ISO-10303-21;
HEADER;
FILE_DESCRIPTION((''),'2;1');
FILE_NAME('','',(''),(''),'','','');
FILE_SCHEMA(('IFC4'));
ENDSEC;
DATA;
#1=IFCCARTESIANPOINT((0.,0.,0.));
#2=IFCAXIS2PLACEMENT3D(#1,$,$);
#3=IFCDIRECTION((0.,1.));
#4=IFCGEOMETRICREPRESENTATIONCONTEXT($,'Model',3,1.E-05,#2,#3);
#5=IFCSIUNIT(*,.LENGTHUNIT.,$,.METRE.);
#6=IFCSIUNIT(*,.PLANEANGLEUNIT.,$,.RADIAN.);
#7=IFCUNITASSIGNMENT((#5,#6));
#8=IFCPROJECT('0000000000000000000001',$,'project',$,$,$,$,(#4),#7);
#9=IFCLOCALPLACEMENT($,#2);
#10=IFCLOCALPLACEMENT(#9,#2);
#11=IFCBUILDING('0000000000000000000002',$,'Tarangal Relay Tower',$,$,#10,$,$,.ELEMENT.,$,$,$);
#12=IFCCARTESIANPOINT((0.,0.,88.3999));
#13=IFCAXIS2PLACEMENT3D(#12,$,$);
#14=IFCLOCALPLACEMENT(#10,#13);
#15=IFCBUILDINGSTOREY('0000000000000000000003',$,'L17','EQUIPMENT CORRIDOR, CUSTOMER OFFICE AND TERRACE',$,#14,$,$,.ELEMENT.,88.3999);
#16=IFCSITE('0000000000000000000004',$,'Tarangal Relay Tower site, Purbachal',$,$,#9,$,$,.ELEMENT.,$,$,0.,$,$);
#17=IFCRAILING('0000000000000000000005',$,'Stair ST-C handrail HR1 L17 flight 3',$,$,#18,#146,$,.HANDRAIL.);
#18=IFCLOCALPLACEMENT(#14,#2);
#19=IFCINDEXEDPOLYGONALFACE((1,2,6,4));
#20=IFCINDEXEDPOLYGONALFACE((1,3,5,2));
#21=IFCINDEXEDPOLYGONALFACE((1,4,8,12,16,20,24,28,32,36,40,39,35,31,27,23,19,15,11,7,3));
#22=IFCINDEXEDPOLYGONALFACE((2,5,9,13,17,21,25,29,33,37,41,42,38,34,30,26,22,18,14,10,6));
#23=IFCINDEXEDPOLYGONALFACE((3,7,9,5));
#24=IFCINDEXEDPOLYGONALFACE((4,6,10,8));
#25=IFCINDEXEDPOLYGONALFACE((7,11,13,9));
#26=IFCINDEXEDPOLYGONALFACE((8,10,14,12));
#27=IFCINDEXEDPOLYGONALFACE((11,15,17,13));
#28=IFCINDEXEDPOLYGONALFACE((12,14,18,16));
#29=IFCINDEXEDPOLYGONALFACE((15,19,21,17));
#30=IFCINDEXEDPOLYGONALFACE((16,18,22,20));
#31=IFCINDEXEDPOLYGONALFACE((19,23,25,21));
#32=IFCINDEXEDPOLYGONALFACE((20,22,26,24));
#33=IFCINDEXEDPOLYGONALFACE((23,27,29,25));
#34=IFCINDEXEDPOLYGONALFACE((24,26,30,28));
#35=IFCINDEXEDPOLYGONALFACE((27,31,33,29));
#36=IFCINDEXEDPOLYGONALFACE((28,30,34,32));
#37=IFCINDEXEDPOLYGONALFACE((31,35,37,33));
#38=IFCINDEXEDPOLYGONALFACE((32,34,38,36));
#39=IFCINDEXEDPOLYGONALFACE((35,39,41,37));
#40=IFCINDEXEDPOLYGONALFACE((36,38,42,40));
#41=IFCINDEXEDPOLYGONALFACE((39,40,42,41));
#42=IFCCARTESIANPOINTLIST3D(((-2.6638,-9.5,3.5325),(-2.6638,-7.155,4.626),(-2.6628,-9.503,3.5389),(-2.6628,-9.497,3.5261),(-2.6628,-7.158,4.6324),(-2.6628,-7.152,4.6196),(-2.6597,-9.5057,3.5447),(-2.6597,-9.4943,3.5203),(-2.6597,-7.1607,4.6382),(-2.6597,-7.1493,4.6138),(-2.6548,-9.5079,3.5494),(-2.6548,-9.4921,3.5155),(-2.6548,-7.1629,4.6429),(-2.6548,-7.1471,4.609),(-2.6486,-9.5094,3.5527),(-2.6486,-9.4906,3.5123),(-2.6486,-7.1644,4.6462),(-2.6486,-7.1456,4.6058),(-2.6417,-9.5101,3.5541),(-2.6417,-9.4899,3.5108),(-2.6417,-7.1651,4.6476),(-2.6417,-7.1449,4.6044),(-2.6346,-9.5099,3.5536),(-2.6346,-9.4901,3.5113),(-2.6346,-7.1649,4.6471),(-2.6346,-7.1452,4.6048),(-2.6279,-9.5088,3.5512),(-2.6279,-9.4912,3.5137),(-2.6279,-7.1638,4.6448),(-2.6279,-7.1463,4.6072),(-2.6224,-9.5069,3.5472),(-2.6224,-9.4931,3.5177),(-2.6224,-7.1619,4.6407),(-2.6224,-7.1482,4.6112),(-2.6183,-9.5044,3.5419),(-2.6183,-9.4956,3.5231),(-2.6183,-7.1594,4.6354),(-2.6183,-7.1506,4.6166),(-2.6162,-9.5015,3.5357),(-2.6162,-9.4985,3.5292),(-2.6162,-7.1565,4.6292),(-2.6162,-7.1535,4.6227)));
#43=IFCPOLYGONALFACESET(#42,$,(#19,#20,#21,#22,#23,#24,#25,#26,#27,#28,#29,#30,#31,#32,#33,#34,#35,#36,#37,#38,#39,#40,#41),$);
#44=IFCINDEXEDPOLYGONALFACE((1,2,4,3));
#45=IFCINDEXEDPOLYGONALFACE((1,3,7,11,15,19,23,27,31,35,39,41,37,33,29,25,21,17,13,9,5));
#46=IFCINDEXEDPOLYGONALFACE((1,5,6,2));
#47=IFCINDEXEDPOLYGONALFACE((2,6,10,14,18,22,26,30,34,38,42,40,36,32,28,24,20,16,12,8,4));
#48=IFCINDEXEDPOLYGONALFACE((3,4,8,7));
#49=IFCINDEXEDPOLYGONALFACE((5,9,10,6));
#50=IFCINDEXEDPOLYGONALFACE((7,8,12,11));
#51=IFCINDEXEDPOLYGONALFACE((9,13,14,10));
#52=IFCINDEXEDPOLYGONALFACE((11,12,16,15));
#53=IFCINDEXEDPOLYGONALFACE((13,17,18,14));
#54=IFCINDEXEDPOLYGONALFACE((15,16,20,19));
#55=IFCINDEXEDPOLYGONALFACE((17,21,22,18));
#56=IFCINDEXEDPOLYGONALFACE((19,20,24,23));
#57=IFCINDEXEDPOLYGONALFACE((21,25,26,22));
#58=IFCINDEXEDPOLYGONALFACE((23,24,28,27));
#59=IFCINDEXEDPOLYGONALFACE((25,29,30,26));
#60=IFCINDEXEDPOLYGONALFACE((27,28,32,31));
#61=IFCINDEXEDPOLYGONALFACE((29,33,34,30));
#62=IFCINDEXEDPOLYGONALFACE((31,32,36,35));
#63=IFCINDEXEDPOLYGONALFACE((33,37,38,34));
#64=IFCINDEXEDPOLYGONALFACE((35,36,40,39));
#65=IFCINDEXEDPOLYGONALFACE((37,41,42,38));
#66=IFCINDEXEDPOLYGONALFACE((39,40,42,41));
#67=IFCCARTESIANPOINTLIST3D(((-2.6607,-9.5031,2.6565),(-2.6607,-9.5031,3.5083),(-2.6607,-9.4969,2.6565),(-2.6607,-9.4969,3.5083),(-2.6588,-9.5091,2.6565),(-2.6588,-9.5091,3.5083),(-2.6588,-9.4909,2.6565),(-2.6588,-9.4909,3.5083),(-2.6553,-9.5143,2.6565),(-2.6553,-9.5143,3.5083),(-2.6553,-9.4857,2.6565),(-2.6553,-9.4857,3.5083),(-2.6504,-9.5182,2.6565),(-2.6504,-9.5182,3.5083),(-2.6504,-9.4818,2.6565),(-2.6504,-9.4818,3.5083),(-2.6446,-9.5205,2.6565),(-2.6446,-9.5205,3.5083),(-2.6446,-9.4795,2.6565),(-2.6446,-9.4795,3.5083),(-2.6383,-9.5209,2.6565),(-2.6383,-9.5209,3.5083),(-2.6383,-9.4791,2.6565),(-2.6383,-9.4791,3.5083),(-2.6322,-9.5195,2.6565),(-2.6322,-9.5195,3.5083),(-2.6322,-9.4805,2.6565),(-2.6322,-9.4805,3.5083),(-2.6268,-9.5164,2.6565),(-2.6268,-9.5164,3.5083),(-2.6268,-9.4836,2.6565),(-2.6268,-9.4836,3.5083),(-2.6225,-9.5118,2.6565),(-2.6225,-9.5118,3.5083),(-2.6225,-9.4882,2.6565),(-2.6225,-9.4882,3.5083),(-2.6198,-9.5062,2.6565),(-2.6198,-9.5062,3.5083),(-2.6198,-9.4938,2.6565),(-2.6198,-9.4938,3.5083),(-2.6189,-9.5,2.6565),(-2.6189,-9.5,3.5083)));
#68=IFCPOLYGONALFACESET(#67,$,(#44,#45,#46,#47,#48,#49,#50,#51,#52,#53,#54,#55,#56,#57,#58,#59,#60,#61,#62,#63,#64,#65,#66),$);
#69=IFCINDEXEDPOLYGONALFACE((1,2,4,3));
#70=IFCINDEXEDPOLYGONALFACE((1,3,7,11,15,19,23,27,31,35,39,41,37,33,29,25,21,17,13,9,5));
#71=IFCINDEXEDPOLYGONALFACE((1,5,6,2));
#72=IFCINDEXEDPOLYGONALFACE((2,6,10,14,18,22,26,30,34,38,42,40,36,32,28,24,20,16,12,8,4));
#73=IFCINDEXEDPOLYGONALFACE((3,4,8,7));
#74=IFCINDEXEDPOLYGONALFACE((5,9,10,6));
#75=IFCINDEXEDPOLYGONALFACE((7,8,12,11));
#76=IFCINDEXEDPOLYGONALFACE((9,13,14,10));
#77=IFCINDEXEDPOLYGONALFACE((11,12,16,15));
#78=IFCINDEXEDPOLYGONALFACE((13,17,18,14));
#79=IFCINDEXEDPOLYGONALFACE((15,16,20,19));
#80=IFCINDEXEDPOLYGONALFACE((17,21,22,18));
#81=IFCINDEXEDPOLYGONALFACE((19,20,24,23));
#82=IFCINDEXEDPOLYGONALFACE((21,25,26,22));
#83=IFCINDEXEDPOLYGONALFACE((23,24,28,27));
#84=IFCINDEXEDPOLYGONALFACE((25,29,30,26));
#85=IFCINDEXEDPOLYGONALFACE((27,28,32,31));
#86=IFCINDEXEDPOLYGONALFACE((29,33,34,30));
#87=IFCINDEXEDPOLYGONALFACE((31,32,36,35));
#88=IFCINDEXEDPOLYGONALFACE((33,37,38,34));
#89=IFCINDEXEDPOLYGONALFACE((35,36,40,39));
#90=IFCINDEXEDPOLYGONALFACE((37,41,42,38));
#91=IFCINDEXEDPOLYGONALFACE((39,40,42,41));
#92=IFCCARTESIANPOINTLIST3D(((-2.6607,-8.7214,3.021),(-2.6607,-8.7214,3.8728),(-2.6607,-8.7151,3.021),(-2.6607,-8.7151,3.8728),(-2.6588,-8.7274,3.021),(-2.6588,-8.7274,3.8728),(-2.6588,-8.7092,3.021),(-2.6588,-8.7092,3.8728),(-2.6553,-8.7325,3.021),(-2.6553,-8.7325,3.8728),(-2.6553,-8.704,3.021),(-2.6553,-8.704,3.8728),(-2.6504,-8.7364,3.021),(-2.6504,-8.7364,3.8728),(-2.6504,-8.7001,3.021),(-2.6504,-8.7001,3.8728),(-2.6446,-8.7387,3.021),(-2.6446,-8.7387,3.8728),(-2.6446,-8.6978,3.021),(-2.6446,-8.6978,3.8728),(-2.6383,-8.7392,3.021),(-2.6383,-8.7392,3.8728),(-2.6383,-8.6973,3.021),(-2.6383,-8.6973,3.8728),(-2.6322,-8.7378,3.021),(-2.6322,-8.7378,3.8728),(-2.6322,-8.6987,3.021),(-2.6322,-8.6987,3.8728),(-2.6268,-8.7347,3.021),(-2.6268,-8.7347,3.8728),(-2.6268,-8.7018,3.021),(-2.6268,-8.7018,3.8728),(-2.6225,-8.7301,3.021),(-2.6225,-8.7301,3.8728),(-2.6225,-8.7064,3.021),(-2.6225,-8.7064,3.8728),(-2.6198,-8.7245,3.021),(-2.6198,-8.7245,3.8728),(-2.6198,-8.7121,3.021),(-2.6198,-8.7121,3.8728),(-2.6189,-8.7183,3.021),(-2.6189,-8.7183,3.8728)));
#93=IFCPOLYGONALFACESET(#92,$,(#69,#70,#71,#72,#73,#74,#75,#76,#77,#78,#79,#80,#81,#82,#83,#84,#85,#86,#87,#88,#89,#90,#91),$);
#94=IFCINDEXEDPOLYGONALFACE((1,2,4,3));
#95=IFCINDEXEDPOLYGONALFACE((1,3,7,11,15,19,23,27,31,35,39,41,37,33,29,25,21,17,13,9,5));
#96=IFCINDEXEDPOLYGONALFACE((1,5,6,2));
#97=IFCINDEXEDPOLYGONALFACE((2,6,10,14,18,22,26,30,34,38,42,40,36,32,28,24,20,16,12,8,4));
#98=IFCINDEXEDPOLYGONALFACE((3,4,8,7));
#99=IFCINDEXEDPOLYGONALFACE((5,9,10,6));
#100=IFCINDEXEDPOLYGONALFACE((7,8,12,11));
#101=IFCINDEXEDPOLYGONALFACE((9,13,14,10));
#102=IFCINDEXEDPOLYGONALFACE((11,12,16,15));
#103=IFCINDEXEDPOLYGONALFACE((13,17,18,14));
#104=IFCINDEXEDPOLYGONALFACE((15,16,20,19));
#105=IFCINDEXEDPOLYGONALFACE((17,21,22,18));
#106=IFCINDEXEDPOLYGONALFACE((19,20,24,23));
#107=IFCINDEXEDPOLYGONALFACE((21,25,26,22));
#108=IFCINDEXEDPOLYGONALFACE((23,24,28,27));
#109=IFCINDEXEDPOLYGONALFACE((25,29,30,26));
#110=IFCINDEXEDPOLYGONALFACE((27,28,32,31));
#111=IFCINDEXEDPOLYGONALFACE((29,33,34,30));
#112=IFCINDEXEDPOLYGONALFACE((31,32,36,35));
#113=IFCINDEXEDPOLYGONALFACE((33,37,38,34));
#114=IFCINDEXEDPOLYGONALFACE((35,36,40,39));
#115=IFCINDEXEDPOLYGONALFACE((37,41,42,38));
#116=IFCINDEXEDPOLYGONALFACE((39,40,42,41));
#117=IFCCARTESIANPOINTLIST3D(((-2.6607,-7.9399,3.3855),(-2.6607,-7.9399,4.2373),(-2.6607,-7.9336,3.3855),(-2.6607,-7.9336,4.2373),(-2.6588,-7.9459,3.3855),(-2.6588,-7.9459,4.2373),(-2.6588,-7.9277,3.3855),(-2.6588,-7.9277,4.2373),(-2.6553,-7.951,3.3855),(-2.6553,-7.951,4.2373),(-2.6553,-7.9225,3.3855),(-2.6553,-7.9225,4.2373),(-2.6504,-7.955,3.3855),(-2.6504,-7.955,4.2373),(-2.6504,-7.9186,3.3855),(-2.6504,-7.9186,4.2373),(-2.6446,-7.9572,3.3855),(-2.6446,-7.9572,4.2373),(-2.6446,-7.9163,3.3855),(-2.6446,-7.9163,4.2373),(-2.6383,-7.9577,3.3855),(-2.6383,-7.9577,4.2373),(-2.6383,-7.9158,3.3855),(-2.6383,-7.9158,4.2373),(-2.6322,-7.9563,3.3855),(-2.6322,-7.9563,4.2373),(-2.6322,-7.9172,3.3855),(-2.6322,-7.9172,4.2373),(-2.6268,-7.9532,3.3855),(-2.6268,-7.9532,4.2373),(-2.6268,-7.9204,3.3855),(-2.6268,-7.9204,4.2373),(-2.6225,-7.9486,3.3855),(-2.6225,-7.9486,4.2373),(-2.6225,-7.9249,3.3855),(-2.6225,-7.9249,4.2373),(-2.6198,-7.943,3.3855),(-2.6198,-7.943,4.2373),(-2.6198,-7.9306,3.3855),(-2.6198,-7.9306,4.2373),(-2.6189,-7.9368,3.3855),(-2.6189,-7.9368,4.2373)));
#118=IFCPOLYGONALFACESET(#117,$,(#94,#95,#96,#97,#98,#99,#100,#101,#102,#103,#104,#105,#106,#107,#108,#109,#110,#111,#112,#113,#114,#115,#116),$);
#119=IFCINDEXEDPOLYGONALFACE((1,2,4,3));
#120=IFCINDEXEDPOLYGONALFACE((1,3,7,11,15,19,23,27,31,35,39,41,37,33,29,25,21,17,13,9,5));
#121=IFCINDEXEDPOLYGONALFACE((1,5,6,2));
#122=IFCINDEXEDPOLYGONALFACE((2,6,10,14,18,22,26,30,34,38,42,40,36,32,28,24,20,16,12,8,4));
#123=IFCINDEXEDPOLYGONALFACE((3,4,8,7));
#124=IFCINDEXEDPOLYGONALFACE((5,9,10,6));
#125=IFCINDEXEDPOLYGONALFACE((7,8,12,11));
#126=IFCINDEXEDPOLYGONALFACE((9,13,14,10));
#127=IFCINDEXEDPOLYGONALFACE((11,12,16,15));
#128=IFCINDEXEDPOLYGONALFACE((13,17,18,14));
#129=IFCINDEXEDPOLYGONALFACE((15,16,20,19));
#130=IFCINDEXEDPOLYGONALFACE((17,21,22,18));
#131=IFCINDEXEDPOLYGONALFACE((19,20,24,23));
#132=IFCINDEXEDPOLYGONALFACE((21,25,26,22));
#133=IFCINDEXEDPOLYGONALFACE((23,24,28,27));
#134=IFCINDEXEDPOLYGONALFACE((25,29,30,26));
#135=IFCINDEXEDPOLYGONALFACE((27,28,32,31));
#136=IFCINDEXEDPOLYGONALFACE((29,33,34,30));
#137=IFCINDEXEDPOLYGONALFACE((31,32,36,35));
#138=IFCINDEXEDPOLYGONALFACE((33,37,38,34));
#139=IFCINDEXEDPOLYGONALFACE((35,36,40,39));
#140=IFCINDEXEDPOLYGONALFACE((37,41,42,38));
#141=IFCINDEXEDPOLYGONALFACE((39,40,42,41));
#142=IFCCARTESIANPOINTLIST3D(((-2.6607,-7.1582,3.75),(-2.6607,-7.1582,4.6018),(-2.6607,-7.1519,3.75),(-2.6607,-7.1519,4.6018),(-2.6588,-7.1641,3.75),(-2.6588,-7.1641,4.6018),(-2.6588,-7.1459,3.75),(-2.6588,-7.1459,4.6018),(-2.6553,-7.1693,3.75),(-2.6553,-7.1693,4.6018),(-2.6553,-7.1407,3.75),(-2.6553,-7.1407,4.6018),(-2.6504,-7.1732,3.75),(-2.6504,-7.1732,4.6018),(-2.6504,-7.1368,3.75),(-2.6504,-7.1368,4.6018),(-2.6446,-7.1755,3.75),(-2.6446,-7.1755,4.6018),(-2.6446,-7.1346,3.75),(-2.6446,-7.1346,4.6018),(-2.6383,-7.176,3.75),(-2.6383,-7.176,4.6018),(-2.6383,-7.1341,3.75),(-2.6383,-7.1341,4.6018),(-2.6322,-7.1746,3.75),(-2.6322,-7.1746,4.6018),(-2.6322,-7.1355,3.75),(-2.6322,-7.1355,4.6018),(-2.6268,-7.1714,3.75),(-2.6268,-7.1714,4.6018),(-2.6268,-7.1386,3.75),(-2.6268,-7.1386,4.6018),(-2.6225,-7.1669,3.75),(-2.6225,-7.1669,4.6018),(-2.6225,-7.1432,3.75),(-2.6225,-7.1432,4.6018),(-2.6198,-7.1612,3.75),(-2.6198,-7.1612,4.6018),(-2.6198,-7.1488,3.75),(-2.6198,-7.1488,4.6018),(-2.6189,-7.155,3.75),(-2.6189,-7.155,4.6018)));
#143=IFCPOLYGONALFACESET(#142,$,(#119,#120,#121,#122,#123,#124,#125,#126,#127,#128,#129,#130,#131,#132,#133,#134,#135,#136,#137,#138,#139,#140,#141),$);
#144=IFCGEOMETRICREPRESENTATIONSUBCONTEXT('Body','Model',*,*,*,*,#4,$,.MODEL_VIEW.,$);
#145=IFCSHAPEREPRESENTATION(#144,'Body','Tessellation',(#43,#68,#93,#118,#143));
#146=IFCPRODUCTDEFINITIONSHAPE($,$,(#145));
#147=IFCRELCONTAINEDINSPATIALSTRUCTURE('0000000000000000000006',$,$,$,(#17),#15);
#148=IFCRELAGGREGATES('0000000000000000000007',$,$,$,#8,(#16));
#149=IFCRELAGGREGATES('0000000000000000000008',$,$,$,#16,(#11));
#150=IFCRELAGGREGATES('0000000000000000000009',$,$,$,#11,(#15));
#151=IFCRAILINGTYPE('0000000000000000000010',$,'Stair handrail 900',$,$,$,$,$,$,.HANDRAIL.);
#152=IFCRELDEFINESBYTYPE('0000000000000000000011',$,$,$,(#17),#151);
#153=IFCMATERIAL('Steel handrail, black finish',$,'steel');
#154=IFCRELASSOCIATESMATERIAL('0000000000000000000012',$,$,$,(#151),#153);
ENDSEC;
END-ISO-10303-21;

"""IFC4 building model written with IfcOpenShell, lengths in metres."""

from ifc_helpers import new_model, si_unit, direction, frame, origin, origin_2d, place, context, subcontext, project, spatial, circle, extrude, material, type_object, element, save


model = new_model("IFC4")

# Units and contexts
model_context = context("Model", 3, precision=1e-05, world=origin(), true_north=direction((0.0, 1.0)))
body_context = subcontext(model_context, "Body", "Model", "MODEL_VIEW")
ifc_project = project(units=[si_unit("LENGTHUNIT", "METRE"), si_unit("PLANEANGLEUNIT", "RADIAN")], contexts=[model_context])

# Site, building, storey
site_placement = place(None, origin())
site = spatial("IfcSite", under=ifc_project, at=site_placement, Name="Tarangal Relay Tower site, Purbachal", CompositionType="ELEMENT", RefElevation=0.0)
building_placement = place(site_placement, origin())
building = spatial("IfcBuilding", under=site, at=building_placement, Name="Tarangal Relay Tower", CompositionType="ELEMENT")
storey_placement = place(building_placement, frame((0.0, 0.0, 88.3999)))
storey = spatial("IfcBuildingStorey", under=building, at=storey_placement, Name="L17", Description="EQUIPMENT CORRIDOR, CUSTOMER OFFICE AND TERRACE", CompositionType="ELEMENT", Elevation=88.3999)

# Railing
ifc_material_1 = material(Name="Steel handrail, black finish", Category="steel")
railing_type_1 = type_object("IfcRailingType", Name="Stair handrail 900", PredefinedType="HANDRAIL", material=ifc_material_1)
for number, where, name in (
    (1, (-2.6399, -9.5, 2.6565), "Stair ST-C handrail HR1 L17 flight 3"),
):
    element("IfcRailing", number, at=place(storey_placement, frame(where)), inside=storey, type_object=railing_type_1, Name=name, PredefinedType="HANDRAIL", context=body_context, shape_type="SweptSolid", body=[
        extrude(circle(Radius=0.0239, at=origin_2d()), frame((0.0, 0.0, 0.876), z_axis=(0.0, 0.906304, 0.422627), x_axis=(-1.0, 0.0, 0.0)), (0.0, 0.0, 1.0), 2.5874),
        extrude(circle(Radius=0.021, at=origin_2d()), origin(), (0.0, 0.0, 1.0), 0.8518),
        extrude(circle(Radius=0.021, at=origin_2d()), frame((0.0, 0.7817, 0.3645)), (0.0, 0.0, 1.0), 0.8518),
        extrude(circle(Radius=0.021, at=origin_2d()), frame((0.0, 1.5632, 0.729)), (0.0, 0.0, 1.0), 0.8518),
        extrude(circle(Radius=0.021, at=origin_2d()), frame((0.0, 2.345, 1.0935)), (0.0, 0.0, 1.0), 0.8518),
    ])

save(model, "model.ifc")
